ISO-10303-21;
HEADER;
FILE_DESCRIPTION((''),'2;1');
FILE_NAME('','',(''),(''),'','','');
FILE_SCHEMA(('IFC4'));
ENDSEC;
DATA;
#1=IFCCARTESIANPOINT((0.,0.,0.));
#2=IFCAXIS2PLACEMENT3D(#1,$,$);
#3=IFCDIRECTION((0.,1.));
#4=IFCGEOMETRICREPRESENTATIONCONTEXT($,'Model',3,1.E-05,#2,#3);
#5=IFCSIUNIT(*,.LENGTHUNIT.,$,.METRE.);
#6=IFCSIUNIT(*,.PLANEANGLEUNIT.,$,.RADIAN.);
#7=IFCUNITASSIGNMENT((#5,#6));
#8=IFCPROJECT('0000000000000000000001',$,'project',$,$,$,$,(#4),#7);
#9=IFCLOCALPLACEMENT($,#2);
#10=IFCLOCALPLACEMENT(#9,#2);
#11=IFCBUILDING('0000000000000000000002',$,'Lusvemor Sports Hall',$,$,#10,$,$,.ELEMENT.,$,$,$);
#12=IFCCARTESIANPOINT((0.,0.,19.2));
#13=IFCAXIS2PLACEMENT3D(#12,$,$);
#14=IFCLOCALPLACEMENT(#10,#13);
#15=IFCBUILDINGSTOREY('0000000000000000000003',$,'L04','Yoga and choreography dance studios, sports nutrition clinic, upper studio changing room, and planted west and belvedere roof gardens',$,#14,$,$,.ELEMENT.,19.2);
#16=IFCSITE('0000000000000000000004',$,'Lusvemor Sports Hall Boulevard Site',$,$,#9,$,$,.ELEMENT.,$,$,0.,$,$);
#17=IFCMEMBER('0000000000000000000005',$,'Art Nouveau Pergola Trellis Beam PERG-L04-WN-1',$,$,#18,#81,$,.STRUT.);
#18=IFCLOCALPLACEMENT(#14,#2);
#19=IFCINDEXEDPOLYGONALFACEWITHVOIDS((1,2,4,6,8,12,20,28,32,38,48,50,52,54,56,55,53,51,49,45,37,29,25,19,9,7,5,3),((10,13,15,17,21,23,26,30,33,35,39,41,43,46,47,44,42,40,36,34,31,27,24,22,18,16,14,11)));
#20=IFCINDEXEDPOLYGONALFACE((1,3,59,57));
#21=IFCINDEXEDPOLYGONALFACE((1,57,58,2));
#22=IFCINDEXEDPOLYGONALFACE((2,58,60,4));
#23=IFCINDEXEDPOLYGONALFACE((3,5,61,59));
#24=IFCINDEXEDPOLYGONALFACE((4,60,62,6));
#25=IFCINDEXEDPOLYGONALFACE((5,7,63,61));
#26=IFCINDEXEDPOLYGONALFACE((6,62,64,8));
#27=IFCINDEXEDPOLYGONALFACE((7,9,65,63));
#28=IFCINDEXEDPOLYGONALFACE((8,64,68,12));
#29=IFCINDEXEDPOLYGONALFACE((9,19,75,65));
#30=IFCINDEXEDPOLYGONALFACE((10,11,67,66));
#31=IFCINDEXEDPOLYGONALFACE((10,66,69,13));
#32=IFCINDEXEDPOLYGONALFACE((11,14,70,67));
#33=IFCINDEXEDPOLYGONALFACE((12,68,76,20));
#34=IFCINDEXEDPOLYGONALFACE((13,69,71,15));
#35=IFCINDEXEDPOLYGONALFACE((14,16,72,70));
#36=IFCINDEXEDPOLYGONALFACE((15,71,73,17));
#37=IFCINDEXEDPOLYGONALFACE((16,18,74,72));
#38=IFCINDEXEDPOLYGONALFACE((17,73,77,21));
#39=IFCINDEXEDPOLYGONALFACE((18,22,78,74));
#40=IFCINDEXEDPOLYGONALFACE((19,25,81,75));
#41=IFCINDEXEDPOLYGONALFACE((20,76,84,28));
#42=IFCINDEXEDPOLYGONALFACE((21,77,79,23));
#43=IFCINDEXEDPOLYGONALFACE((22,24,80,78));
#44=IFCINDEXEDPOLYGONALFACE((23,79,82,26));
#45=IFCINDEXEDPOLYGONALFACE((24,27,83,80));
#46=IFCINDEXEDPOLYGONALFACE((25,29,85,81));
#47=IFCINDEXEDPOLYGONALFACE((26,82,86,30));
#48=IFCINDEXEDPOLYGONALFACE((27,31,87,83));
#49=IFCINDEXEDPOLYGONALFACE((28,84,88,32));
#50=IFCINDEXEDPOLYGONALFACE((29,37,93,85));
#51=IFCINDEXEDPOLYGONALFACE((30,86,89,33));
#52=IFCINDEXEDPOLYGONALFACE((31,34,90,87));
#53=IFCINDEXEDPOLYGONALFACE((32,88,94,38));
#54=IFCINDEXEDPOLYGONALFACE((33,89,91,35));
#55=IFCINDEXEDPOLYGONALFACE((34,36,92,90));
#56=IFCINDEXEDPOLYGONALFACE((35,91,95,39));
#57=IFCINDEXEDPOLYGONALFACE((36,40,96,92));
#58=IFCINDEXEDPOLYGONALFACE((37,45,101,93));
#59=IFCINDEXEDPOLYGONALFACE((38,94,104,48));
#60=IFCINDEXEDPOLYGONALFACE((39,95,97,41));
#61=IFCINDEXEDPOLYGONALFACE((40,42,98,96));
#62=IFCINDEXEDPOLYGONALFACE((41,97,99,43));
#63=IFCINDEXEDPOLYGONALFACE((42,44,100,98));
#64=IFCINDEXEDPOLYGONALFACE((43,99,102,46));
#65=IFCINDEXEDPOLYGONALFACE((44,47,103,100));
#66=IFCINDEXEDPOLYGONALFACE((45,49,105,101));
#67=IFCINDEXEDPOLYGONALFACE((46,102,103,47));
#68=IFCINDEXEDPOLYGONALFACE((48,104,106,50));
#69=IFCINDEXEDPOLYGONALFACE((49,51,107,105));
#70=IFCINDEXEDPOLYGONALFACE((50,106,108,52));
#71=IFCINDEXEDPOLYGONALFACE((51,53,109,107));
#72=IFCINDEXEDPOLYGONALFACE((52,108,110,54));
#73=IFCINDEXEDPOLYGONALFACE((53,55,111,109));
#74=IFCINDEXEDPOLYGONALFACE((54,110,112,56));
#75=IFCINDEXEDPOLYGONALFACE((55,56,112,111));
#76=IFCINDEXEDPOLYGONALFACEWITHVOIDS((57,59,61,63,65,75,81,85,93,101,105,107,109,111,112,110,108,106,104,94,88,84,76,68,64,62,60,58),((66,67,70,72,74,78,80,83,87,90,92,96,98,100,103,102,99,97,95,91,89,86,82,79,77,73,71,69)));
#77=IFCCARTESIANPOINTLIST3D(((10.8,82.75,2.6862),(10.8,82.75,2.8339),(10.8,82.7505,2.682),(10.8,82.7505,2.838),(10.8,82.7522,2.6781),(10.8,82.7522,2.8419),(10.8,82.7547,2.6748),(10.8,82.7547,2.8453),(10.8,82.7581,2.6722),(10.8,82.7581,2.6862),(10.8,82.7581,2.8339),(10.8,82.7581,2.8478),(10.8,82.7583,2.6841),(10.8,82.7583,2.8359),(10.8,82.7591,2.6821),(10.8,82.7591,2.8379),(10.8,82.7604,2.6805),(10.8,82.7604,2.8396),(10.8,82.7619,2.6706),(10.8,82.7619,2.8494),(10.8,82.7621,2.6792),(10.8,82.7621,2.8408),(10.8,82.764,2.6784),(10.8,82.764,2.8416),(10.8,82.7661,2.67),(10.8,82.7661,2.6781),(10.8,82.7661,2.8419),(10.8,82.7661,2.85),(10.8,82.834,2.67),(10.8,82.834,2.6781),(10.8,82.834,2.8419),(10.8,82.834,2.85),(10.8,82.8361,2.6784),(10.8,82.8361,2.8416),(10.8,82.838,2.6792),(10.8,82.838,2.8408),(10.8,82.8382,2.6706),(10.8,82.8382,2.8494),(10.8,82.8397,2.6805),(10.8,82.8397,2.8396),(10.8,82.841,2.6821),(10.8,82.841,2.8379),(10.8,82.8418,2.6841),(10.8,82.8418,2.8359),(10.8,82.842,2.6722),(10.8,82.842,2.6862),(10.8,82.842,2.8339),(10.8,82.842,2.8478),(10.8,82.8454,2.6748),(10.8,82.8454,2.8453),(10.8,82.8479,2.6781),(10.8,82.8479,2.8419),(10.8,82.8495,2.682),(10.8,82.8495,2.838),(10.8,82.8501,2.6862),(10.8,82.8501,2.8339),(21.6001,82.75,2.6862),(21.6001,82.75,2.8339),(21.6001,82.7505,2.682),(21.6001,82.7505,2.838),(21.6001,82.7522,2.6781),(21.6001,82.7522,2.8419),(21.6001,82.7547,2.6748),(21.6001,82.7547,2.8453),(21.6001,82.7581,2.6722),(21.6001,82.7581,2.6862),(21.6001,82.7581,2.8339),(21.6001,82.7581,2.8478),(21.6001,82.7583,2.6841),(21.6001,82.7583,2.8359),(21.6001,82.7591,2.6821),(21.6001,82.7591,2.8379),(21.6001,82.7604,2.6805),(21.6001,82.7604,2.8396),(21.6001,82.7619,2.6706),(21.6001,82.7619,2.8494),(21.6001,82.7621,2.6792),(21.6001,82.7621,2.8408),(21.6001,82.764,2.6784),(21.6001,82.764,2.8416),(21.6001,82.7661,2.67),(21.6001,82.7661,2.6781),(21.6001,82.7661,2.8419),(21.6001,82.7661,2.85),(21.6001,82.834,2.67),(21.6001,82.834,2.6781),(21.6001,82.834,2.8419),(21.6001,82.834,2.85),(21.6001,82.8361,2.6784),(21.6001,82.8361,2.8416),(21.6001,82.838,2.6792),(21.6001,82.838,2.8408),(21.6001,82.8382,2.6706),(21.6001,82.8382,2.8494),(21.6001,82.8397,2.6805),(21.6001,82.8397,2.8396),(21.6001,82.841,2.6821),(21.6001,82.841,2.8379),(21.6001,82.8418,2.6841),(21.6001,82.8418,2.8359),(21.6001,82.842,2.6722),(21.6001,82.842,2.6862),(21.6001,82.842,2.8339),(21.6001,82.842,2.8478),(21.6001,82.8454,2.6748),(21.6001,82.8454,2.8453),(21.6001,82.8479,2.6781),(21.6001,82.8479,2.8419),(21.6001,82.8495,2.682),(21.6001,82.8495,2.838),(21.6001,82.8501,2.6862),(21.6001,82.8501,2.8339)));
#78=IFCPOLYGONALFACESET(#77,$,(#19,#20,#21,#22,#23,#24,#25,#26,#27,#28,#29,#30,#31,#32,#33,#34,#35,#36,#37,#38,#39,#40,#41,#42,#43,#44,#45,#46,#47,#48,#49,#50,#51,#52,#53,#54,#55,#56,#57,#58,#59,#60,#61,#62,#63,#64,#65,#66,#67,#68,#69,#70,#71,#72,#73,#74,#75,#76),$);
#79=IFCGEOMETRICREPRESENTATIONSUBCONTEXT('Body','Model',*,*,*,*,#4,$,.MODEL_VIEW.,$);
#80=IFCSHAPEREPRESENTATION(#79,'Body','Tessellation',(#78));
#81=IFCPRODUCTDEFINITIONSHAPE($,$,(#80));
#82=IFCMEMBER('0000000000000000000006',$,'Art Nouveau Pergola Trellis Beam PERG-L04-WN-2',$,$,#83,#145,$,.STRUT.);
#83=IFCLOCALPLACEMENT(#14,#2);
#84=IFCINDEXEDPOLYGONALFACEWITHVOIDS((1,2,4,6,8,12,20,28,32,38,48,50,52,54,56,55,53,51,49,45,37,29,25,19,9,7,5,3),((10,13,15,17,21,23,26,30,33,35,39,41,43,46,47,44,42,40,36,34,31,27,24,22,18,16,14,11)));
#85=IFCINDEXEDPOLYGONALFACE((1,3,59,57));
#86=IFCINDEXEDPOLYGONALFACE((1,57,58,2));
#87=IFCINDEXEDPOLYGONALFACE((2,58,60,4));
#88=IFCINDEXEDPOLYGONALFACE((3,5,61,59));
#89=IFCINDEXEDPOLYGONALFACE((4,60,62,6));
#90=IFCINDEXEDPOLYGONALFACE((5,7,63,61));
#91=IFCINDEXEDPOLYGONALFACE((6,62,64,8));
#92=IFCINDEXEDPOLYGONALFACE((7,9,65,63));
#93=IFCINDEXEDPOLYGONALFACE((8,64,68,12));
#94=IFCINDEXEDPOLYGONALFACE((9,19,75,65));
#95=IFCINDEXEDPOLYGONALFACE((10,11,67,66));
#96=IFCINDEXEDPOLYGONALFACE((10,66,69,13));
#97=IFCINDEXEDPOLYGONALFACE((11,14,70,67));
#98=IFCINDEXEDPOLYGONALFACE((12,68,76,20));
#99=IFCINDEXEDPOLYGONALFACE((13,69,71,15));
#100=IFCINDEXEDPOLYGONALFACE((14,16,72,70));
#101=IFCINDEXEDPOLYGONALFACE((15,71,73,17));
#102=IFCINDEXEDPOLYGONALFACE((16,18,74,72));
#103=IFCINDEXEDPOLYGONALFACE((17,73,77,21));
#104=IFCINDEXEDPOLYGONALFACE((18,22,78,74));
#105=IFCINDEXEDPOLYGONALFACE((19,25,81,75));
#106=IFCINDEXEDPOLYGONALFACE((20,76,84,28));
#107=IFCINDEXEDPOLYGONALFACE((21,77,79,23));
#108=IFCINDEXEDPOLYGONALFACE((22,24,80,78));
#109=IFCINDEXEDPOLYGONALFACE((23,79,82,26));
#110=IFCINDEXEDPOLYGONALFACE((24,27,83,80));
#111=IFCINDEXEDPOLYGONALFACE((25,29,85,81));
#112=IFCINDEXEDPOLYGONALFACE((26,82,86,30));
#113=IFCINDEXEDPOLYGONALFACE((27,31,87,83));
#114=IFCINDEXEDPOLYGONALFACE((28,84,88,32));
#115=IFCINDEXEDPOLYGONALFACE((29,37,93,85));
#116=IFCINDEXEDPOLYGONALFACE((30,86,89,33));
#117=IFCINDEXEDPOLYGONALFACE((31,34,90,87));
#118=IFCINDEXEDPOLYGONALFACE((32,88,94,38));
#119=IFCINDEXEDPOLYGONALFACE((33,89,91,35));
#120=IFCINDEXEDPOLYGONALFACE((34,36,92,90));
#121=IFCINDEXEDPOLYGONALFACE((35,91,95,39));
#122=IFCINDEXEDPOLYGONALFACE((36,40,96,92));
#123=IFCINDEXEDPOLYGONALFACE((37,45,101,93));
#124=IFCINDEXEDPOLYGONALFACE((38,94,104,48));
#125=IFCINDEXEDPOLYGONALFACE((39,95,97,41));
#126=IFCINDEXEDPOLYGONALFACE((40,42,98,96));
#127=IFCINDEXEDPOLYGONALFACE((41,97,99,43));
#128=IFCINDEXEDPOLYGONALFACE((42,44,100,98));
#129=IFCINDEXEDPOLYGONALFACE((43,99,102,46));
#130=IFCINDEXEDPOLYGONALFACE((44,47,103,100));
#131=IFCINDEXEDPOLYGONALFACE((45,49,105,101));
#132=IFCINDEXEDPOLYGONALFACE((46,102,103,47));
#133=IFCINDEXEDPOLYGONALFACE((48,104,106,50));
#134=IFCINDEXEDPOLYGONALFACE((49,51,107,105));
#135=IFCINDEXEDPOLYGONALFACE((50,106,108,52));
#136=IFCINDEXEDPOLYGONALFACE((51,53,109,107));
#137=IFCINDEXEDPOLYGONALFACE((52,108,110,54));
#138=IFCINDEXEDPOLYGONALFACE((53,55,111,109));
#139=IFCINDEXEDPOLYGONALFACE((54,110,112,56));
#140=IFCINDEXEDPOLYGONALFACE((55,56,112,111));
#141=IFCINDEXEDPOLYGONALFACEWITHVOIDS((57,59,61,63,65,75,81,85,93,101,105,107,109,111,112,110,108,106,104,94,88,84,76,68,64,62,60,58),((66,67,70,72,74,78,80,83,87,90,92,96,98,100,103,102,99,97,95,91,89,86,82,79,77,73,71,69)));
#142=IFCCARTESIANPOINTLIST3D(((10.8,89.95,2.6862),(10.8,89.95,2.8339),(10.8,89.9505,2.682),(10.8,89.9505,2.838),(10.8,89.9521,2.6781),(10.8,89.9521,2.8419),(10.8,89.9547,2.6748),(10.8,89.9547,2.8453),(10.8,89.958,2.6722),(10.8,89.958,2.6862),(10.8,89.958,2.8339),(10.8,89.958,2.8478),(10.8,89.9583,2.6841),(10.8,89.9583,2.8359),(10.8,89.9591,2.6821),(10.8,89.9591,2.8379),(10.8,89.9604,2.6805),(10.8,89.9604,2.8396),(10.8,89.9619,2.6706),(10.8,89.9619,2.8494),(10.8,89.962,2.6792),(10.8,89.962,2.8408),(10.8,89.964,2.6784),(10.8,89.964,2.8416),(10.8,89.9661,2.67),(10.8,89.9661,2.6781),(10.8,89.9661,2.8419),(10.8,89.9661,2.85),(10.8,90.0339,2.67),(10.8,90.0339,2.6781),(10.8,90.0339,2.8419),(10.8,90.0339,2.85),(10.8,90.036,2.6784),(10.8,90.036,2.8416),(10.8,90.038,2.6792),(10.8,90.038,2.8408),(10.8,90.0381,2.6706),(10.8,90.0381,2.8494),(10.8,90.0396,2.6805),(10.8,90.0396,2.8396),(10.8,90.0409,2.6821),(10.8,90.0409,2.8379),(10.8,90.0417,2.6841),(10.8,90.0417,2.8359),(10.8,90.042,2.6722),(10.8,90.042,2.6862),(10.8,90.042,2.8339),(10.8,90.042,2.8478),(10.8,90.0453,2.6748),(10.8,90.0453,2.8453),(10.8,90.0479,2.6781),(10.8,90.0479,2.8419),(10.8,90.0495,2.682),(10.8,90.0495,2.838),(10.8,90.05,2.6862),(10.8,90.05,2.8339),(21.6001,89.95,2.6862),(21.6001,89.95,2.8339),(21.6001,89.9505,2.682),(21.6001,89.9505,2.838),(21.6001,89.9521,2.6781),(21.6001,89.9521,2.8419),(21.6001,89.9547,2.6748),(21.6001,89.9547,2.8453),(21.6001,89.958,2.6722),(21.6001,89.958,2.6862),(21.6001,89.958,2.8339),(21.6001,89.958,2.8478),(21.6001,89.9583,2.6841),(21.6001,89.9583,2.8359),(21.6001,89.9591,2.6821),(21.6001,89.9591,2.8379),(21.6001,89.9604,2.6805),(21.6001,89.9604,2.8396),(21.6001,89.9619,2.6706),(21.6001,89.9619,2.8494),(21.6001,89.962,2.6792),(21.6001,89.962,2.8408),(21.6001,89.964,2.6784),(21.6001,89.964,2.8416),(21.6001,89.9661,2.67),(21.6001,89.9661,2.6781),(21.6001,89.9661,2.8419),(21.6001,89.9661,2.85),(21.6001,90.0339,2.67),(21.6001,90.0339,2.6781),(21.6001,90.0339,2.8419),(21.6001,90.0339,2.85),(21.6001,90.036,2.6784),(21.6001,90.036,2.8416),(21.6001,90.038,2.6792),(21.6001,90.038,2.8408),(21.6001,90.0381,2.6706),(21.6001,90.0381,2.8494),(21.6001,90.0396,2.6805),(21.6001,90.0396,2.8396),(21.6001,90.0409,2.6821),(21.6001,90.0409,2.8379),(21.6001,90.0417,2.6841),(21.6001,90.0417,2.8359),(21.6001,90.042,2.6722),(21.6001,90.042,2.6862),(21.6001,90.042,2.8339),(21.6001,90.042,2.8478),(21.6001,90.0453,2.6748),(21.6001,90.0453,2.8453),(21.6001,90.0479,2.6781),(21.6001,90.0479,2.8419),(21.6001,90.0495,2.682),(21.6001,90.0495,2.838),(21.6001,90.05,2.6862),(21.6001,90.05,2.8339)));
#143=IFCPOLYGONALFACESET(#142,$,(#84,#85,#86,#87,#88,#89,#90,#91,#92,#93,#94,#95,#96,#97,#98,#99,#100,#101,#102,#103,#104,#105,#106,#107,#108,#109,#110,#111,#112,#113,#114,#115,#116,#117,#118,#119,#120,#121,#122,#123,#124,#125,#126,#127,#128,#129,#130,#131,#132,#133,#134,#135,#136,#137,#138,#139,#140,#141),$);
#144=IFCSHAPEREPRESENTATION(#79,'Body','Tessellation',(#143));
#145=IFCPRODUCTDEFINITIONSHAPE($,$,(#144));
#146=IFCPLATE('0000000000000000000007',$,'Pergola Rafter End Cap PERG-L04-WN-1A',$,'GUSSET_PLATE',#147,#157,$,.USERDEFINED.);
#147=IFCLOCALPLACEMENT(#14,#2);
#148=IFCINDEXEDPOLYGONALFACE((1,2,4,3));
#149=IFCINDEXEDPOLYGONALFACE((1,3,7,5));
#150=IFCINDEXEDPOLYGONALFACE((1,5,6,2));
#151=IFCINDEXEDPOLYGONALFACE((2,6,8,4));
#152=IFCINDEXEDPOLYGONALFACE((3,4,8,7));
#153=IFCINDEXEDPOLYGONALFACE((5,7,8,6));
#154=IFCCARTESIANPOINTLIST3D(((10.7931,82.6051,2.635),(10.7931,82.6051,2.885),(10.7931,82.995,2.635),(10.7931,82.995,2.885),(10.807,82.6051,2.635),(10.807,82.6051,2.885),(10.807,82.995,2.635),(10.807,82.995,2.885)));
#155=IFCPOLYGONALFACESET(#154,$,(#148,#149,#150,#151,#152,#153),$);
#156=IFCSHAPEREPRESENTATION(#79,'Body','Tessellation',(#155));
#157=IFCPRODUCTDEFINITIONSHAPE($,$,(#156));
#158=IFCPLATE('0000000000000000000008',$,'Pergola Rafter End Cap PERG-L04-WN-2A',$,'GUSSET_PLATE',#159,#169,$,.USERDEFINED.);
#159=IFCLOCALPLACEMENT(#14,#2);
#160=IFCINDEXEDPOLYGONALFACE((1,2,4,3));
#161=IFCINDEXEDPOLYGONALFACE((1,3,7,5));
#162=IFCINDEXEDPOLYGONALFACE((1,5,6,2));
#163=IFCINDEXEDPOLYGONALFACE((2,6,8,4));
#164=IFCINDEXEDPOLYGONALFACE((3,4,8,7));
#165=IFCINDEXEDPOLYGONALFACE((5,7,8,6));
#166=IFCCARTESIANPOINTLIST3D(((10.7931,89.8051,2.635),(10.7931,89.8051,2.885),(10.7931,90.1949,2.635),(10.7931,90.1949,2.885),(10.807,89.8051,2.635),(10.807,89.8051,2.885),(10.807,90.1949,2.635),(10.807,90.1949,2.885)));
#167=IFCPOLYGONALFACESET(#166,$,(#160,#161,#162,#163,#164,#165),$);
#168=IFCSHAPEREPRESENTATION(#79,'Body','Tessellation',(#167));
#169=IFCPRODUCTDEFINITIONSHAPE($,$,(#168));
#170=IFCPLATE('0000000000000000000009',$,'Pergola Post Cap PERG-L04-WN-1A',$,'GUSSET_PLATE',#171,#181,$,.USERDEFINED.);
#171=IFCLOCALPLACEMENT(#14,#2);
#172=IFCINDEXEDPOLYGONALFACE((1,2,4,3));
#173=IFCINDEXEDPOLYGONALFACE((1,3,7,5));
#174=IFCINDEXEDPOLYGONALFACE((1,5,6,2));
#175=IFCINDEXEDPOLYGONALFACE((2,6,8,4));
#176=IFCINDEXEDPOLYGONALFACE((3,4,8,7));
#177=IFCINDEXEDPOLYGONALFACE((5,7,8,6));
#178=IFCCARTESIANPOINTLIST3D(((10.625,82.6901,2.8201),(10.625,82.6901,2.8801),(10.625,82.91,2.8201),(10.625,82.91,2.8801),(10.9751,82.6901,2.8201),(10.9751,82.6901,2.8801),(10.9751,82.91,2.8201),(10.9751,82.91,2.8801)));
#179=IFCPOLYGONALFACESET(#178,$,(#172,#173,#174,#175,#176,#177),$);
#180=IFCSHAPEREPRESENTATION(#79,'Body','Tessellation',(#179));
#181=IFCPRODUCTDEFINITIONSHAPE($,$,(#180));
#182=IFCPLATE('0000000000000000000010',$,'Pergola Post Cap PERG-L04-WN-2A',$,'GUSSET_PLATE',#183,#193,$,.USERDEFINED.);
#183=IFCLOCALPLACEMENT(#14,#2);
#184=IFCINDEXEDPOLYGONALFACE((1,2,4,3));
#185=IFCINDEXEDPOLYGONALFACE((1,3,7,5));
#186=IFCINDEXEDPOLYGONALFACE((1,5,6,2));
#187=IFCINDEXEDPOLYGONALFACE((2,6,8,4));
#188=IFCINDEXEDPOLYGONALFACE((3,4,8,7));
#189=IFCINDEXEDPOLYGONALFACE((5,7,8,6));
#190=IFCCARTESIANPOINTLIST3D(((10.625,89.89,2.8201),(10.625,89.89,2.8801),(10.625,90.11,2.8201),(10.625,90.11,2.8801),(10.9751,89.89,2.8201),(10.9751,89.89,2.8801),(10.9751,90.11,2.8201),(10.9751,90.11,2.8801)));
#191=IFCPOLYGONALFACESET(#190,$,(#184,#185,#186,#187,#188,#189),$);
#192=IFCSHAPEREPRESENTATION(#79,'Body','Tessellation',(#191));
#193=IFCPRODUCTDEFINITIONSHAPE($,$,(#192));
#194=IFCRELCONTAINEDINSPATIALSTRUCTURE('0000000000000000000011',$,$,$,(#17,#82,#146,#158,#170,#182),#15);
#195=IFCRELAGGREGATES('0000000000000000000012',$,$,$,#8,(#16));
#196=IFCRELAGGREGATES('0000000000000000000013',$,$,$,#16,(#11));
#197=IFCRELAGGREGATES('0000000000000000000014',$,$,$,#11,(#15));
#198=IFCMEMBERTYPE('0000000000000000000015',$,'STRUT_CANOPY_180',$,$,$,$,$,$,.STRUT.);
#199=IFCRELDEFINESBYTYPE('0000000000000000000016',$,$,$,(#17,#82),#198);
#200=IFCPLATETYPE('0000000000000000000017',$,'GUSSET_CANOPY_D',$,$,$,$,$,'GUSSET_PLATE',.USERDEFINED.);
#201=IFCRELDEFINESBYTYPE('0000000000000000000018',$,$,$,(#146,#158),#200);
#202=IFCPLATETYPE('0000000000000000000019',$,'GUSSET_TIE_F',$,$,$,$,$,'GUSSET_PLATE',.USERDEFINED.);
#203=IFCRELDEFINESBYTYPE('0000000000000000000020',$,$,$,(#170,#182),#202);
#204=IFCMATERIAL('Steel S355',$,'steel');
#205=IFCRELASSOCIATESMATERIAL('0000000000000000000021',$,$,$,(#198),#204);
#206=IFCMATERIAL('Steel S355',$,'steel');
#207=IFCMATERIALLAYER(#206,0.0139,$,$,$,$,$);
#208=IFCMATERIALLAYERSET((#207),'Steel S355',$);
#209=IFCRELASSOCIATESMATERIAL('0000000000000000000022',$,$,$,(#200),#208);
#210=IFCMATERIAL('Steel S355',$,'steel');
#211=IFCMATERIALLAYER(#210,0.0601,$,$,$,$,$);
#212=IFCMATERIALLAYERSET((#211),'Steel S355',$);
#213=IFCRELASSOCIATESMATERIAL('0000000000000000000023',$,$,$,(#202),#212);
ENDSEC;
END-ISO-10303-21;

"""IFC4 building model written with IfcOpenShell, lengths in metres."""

from ifc_helpers import new_model, si_unit, direction, frame, origin, origin_2d, place, context, subcontext, project, spatial, rectangle, hollow_rectangle, extrude, material, layer, layer_set, material_profile, profile_set, type_object, element, save


model = new_model("IFC4")

# Units and contexts
model_context = context("Model", 3, precision=1e-05, world=origin(), true_north=direction((0.0, 1.0)))
body_context = subcontext(model_context, "Body", "Model", "MODEL_VIEW")
ifc_project = project(units=[si_unit("LENGTHUNIT", "METRE"), si_unit("PLANEANGLEUNIT", "RADIAN")], contexts=[model_context])

# Site, building, storey
site_placement = place(None, origin())
site = spatial("IfcSite", under=ifc_project, at=site_placement, Name="Lusvemor Sports Hall Boulevard Site", CompositionType="ELEMENT", RefElevation=0.0)
building_placement = place(site_placement, origin())
building = spatial("IfcBuilding", under=site, at=building_placement, Name="Lusvemor Sports Hall", CompositionType="ELEMENT")
storey_placement = place(building_placement, frame((0.0, 0.0, 19.2)))
storey = spatial("IfcBuildingStorey", under=building, at=storey_placement, Name="L04", Description="Yoga and choreography dance studios, sports nutrition clinic, upper studio changing room, and planted west and belvedere roof gardens", CompositionType="ELEMENT", Elevation=19.2)

# Members
ifc_material_1 = material(Name="Steel S355", Category="steel")
ifc_material_profile_1 = material_profile(ifc_material_1, hollow_rectangle(XDim=0.1001, YDim=0.1799, WallThickness=0.0081, InnerFilletRadius=0.0081, OuterFilletRadius=0.0161, at=origin_2d()), Name="RHS180x100x8")
ifc_profile_set_1 = profile_set([ifc_material_profile_1], Name="Steel S355")
member_type_1 = type_object("IfcMemberType", Name="STRUT_CANOPY_180", PredefinedType="STRUT", material=ifc_profile_set_1)
for number, where, z_axis, x_axis, name in (
    (1, (10.8, 82.8, 2.76), (1.0, 0.0, 0.0), (0.0, 1.0, 0.0), "Art Nouveau Pergola Trellis Beam PERG-L04-WN-1"),
    (2, (10.8, 90.0, 2.76), (1.0, 0.0, 0.0), (0.0, 1.0, 0.0), "Art Nouveau Pergola Trellis Beam PERG-L04-WN-2"),
):
    element("IfcMember", number, at=place(storey_placement, frame(where, z_axis=z_axis, x_axis=x_axis)), inside=storey, type_object=member_type_1, Name=name, PredefinedType="STRUT", context=body_context, shape_type="SweptSolid", body=[
        extrude(hollow_rectangle(XDim=0.1001, YDim=0.1799, WallThickness=0.0081, InnerFilletRadius=0.0081, OuterFilletRadius=0.0161, at=origin_2d()), origin(), (0.0, 0.0, 1.0), 10.8),
    ])

# Plates
ifc_material_2 = material(Name="Steel S355", Category="steel")
ifc_layer_1 = layer(ifc_material_2, 0.0139)
ifc_layer_set_1 = layer_set([ifc_layer_1], Name="Steel S355")
plate_type_1 = type_object("IfcPlateType", Name="GUSSET_CANOPY_D", ElementType="GUSSET_PLATE", PredefinedType="USERDEFINED", material=ifc_layer_set_1)
for number, where, z_axis, x_axis, name in (
    (3, (10.8, 82.8, 2.635), (0.0, 0.0, 1.0), (1.0, 0.0, 0.0), "Pergola Rafter End Cap PERG-L04-WN-1A"),
    (4, (10.8, 90.0, 2.635), (0.0, 0.0, 1.0), (1.0, 0.0, 0.0), "Pergola Rafter End Cap PERG-L04-WN-2A"),
):
    element("IfcPlate", number, at=place(storey_placement, frame(where, z_axis=z_axis, x_axis=x_axis)), inside=storey, type_object=plate_type_1, Name=name, ObjectType="GUSSET_PLATE", PredefinedType="USERDEFINED", context=body_context, shape_type="SweptSolid", body=[
        extrude(rectangle(XDim=0.0139, YDim=0.3899, at=origin_2d()), origin(), (0.0, 0.0, 1.0), 0.25),
    ])
ifc_material_3 = material(Name="Steel S355", Category="steel")
ifc_layer_2 = layer(ifc_material_3, 0.0601)
ifc_layer_set_2 = layer_set([ifc_layer_2], Name="Steel S355")
plate_type_2 = type_object("IfcPlateType", Name="GUSSET_TIE_F", ElementType="GUSSET_PLATE", PredefinedType="USERDEFINED", material=ifc_layer_set_2)
for number, where, z_axis, x_axis, name in (
    (5, (10.8, 82.8, 2.8201), (0.0, 0.0, 1.0), (1.0, 0.0, 0.0), "Pergola Post Cap PERG-L04-WN-1A"),
    (6, (10.8, 90.0, 2.8201), (0.0, 0.0, 1.0), (1.0, 0.0, 0.0), "Pergola Post Cap PERG-L04-WN-2A"),
):
    element("IfcPlate", number, at=place(storey_placement, frame(where, z_axis=z_axis, x_axis=x_axis)), inside=storey, type_object=plate_type_2, Name=name, ObjectType="GUSSET_PLATE", PredefinedType="USERDEFINED", context=body_context, shape_type="SweptSolid", body=[
        extrude(rectangle(XDim=0.3501, YDim=0.22, at=origin_2d()), origin(), (0.0, 0.0, 1.0), 0.0601),
    ])

save(model, "model.ifc")
